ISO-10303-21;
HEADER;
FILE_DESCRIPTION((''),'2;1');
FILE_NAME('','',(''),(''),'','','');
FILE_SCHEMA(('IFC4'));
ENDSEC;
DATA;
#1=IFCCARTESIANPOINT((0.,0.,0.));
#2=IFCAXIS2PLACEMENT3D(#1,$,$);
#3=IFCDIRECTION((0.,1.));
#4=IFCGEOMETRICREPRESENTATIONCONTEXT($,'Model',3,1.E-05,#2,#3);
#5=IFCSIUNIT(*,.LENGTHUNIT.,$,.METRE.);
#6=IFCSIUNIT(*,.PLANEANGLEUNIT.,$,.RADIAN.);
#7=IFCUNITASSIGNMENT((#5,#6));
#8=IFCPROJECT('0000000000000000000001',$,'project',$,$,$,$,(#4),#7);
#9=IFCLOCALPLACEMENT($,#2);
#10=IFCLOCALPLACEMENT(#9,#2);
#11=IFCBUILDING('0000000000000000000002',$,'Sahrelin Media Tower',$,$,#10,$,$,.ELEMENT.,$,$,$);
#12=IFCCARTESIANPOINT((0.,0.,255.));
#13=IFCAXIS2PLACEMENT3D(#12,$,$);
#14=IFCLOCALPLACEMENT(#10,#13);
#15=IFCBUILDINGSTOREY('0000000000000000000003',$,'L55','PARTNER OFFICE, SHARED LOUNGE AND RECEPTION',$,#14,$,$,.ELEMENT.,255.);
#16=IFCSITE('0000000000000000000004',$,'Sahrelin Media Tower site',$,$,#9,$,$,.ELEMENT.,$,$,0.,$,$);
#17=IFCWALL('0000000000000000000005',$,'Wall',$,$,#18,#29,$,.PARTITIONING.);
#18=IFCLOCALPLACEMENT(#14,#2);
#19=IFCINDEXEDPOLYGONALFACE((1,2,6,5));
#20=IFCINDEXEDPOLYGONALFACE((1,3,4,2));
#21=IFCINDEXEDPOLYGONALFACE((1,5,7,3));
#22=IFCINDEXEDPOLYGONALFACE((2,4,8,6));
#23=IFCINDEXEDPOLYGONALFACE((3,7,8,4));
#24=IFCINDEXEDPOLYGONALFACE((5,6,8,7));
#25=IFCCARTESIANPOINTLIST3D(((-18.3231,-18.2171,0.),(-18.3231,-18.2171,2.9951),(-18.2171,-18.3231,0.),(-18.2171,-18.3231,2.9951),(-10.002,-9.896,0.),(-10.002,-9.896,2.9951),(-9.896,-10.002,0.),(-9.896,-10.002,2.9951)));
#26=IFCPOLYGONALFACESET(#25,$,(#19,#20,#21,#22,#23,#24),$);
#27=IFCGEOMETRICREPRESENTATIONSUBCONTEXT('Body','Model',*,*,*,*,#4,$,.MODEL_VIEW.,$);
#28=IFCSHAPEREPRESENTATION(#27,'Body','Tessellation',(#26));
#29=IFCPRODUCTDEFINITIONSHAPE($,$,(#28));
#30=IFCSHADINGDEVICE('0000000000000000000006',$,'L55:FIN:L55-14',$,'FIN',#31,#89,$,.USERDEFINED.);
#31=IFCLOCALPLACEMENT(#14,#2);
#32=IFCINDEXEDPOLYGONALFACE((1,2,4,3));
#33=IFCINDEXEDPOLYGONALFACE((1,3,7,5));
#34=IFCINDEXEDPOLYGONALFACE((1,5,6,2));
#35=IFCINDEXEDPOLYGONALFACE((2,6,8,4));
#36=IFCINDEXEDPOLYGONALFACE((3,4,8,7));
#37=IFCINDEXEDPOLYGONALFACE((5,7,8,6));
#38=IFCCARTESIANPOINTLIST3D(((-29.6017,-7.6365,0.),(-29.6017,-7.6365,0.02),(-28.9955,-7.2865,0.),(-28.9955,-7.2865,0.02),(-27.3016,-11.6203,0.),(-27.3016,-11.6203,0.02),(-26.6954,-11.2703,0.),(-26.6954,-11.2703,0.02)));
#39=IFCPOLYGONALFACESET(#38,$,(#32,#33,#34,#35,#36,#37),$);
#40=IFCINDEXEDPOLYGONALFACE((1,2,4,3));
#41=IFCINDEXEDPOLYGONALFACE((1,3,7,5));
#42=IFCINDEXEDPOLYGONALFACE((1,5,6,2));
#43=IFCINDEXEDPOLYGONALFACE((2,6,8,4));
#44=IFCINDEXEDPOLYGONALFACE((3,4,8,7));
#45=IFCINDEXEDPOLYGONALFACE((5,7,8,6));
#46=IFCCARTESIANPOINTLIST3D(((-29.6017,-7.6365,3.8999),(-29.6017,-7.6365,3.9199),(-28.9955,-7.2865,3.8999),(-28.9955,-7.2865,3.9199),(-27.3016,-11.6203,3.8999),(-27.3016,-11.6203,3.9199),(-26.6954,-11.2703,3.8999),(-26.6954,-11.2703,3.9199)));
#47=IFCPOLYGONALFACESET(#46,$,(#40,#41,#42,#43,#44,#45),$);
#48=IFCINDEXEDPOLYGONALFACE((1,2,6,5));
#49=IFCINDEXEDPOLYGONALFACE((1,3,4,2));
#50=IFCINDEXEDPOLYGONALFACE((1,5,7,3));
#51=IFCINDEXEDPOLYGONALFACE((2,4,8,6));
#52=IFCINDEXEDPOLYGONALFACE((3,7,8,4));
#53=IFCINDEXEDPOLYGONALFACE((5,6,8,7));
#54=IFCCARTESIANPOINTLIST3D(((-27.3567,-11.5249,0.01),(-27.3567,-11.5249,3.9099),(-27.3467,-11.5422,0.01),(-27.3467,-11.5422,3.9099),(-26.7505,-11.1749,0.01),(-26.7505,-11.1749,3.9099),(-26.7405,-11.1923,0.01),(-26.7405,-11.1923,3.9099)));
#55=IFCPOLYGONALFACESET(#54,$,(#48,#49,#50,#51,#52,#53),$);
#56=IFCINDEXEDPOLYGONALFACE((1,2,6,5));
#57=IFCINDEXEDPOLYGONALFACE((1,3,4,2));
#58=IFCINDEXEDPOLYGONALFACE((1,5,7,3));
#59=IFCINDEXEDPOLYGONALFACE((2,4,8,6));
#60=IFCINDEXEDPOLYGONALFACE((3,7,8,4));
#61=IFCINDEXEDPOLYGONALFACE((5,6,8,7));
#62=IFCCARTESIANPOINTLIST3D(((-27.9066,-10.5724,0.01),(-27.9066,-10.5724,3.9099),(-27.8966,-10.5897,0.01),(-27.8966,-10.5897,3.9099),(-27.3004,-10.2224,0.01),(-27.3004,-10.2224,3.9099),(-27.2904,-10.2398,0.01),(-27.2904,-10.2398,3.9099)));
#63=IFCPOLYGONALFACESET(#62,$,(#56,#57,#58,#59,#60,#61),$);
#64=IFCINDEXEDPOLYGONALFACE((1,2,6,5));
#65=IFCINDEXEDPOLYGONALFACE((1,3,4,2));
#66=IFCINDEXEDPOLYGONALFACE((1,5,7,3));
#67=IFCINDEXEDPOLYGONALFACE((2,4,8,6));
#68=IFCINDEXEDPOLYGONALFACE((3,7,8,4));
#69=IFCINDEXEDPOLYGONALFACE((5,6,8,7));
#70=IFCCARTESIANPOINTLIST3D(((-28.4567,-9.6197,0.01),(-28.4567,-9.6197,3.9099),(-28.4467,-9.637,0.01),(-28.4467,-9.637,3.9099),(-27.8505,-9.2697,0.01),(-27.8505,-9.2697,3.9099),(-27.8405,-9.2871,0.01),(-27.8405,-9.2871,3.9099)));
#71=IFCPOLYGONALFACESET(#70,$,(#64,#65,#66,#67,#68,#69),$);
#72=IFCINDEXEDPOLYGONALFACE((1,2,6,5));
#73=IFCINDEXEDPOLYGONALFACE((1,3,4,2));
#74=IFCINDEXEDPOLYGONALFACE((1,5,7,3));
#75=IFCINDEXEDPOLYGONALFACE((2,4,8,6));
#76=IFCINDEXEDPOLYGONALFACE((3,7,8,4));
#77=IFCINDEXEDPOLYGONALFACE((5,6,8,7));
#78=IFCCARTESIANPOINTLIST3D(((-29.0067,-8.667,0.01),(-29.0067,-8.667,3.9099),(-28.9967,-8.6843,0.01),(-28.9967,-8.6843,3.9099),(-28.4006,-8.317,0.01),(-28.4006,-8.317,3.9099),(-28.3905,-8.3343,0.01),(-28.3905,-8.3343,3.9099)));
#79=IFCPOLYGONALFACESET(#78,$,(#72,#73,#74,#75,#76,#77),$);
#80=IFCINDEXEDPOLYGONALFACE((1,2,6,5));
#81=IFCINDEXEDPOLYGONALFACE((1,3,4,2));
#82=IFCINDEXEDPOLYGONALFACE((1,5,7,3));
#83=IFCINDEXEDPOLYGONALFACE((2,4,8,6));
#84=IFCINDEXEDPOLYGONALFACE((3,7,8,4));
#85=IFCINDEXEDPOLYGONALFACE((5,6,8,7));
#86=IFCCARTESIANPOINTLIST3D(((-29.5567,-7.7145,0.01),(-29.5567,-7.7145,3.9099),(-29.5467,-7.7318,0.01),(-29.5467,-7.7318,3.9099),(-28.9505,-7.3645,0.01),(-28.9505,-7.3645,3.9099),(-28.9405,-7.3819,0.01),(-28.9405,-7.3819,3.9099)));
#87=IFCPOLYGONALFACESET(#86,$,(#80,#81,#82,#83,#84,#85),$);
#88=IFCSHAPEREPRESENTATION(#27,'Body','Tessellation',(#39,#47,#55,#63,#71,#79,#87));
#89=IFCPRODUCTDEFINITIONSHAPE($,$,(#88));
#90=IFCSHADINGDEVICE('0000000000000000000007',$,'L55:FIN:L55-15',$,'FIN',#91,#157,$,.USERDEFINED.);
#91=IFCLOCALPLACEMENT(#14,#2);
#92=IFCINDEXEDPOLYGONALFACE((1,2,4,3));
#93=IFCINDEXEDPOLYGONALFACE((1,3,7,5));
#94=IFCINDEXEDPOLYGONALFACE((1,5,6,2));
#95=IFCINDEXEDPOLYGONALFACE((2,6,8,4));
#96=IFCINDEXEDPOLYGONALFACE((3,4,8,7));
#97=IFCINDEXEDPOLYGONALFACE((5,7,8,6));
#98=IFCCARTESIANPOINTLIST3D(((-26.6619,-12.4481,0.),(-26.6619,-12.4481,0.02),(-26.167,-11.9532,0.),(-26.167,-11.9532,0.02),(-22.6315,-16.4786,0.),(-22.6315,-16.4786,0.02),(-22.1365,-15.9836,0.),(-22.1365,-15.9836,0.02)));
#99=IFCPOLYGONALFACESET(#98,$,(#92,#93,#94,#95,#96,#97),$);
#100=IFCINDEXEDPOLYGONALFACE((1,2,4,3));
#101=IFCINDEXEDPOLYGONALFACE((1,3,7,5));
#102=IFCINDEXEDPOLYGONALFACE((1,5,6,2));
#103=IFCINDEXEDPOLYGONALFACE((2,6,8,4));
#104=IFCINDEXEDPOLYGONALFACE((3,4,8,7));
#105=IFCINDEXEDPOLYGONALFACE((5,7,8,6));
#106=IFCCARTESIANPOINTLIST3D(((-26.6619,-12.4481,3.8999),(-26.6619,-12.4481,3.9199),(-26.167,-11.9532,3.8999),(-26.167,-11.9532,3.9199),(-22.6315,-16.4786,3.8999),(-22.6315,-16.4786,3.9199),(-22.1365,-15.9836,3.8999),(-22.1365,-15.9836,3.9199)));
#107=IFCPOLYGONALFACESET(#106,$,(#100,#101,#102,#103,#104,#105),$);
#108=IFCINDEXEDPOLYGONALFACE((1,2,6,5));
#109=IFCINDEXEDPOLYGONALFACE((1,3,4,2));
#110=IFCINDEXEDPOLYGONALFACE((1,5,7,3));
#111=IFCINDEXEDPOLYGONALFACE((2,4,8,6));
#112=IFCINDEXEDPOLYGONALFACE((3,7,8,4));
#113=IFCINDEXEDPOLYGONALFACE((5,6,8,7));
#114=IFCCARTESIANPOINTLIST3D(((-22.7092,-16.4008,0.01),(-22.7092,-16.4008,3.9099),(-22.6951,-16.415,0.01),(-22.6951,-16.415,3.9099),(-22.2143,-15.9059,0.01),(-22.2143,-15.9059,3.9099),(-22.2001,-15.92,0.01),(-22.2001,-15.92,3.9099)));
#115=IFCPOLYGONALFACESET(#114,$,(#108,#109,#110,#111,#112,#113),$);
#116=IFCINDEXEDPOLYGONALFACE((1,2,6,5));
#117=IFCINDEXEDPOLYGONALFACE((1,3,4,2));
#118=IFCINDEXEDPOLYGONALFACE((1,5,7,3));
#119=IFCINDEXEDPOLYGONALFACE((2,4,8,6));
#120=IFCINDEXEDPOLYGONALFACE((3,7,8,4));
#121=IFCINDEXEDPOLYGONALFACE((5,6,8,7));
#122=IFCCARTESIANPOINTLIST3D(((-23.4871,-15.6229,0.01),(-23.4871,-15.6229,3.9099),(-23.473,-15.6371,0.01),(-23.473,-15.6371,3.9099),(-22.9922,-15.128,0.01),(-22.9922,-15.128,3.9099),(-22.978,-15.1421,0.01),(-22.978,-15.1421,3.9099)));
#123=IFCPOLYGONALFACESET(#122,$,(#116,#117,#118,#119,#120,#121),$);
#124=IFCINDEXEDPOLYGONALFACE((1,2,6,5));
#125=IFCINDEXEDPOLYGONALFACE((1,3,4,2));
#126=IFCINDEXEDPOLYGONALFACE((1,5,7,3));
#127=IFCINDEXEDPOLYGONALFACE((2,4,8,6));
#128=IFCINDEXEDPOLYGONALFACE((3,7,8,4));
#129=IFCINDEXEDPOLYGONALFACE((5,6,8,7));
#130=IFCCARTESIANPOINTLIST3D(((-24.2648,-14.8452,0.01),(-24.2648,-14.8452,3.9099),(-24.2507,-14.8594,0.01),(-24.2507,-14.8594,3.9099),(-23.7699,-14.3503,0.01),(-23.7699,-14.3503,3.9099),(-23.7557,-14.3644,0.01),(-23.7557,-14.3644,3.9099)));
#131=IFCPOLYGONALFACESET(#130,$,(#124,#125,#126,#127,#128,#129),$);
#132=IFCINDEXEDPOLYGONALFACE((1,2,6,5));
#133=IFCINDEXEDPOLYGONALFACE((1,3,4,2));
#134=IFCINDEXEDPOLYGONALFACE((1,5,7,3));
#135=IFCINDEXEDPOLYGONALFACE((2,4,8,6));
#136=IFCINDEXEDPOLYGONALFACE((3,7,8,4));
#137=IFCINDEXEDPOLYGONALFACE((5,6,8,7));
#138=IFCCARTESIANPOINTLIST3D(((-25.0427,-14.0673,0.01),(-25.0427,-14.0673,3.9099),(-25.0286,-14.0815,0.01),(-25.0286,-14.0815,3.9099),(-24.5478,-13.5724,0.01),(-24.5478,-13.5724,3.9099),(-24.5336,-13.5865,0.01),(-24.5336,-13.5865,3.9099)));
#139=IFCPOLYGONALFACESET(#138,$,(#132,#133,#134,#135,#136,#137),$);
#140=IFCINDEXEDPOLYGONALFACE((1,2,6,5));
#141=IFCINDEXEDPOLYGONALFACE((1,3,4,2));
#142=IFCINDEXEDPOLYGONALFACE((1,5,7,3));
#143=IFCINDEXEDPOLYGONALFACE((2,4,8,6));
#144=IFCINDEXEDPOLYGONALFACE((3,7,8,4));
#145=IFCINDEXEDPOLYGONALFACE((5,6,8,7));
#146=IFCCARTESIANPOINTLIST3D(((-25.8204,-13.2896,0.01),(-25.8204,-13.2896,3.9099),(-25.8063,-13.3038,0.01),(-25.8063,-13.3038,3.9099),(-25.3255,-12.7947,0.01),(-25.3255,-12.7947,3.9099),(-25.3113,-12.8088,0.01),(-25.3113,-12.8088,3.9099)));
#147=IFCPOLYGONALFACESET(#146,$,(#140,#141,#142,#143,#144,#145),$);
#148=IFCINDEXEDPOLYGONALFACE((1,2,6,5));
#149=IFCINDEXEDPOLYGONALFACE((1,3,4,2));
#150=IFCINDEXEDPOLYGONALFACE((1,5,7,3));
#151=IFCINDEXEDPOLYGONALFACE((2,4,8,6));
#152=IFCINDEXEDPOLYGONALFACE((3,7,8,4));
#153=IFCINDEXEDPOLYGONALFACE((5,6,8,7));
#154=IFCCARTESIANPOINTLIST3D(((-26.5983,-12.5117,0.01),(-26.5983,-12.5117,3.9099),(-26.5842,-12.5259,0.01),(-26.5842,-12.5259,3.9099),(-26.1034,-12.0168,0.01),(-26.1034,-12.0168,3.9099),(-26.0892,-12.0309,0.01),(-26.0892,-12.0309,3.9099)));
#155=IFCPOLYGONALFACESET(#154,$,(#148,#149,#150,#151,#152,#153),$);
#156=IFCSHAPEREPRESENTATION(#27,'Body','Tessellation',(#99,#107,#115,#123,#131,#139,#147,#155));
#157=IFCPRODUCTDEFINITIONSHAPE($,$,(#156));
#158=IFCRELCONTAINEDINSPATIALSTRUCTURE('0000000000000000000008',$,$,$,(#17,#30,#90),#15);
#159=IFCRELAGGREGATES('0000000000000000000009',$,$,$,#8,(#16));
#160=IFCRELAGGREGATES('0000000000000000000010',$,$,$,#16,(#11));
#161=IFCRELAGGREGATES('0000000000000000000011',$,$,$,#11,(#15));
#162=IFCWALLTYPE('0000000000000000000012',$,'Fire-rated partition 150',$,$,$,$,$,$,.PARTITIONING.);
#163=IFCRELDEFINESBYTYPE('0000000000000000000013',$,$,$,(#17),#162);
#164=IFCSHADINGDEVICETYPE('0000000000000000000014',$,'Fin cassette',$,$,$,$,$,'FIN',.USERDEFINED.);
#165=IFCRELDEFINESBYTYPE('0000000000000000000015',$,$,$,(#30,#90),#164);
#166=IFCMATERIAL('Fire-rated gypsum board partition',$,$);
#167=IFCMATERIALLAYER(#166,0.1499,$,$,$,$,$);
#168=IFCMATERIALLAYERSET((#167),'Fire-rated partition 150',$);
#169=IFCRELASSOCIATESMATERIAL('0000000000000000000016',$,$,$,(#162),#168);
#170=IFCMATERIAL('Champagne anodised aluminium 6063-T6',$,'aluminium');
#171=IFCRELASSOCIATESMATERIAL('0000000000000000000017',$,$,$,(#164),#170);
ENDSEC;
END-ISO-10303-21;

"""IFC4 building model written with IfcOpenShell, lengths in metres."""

from ifc_helpers import new_model, si_unit, direction, frame, frame_2d, origin, origin_2d, place, context, subcontext, project, spatial, rectangle, extrude, material, layer, layer_set, type_object, element, save


model = new_model("IFC4")

# Units and contexts
model_context = context("Model", 3, precision=1e-05, world=origin(), true_north=direction((0.0, 1.0)))
body_context = subcontext(model_context, "Body", "Model", "MODEL_VIEW")
ifc_project = project(units=[si_unit("LENGTHUNIT", "METRE"), si_unit("PLANEANGLEUNIT", "RADIAN")], contexts=[model_context])

# Site, building, storey
site_placement = place(None, origin())
site = spatial("IfcSite", under=ifc_project, at=site_placement, Name="Sahrelin Media Tower site", CompositionType="ELEMENT", RefElevation=0.0)
building_placement = place(site_placement, origin())
building = spatial("IfcBuilding", under=site, at=building_placement, Name="Sahrelin Media Tower", CompositionType="ELEMENT")
storey_placement = place(building_placement, frame((0.0, 0.0, 255.0)))
storey = spatial("IfcBuildingStorey", under=building, at=storey_placement, Name="L55", Description="PARTNER OFFICE, SHARED LOUNGE AND RECEPTION", CompositionType="ELEMENT", Elevation=255.0)

# Shared definitions
ifc_material_1 = material(Name="Champagne anodised aluminium 6063-T6", Category="aluminium")

# Wall
ifc_material_2 = material(Name="Fire-rated gypsum board partition")
ifc_layer_1 = layer(ifc_material_2, 0.1499)
ifc_layer_set_1 = layer_set([ifc_layer_1], Name="Fire-rated partition 150")
wall_type = type_object("IfcWallType", Name="Fire-rated partition 150", PredefinedType="PARTITIONING", material=ifc_layer_set_1)
wall_placement = place(storey_placement, frame((-18.27, -18.27, 0.0), z_axis=(0.0, 0.0, 1.0), x_axis=(0.707107, 0.707107, 0.0)))
element("IfcWall", 1, at=wall_placement, inside=storey, type_object=wall_type, Name="Wall", PredefinedType="PARTITIONING", context=body_context, shape_type="SweptSolid", body=[
    extrude(rectangle(XDim=11.7678, YDim=0.1499, at=frame_2d((5.8838, 0.0))), origin(), (0.0, 0.0, 1.0), 2.9951),
])

# Shading devices
shading_device_type_1 = type_object("IfcShadingDeviceType", Name="Fin cassette", ElementType="FIN", PredefinedType="USERDEFINED", material=ifc_material_1)
placement_1 = place(storey_placement, frame((-27.7849, -9.2434, 0.0), z_axis=(0.0, 0.0, 1.0), x_axis=(-0.500011, 0.866019, 0.0)))
element("IfcShadingDevice", 2, at=placement_1, inside=storey, type_object=shading_device_type_1, Name="L55:FIN:L55-14", ObjectType="FIN", PredefinedType="USERDEFINED", context=body_context, shape_type="SweptSolid", body=[
    extrude(rectangle(XDim=4.6001, YDim=0.7, at=origin_2d()), frame((0.0, 0.4199, 0.0)), (0.0, 0.0, 1.0), 0.02),
    extrude(rectangle(XDim=4.6001, YDim=0.7, at=origin_2d()), frame((0.0, 0.4199, 3.8999)), (0.0, 0.0, 1.0), 0.02),
    extrude(rectangle(XDim=0.02, YDim=0.7, at=origin_2d()), frame((-2.2, 0.4199, 0.01), z_axis=(0.0, 0.0, 1.0), x_axis=(1.0, 0.0, 0.0)), (0.0, 0.0, 1.0), 3.8999),
    extrude(rectangle(XDim=0.02, YDim=0.7, at=origin_2d()), frame((-1.1001, 0.4199, 0.01), z_axis=(0.0, 0.0, 1.0), x_axis=(1.0, 0.0, 0.0)), (0.0, 0.0, 1.0), 3.8999),
    extrude(rectangle(XDim=0.02, YDim=0.7, at=origin_2d()), frame((0.0, 0.4199, 0.01), z_axis=(0.0, 0.0, 1.0), x_axis=(1.0, 0.0, 0.0)), (0.0, 0.0, 1.0), 3.8999),
    extrude(rectangle(XDim=0.02, YDim=0.7, at=origin_2d()), frame((1.1001, 0.4199, 0.01), z_axis=(0.0, 0.0, 1.0), x_axis=(1.0, 0.0, 0.0)), (0.0, 0.0, 1.0), 3.8999),
    extrude(rectangle(XDim=0.02, YDim=0.7, at=origin_2d()), frame((2.2, 0.4199, 0.01), z_axis=(0.0, 0.0, 1.0), x_axis=(1.0, 0.0, 0.0)), (0.0, 0.0, 1.0), 3.8999),
])
placement_2 = place(storey_placement, frame((-24.1023, -13.9189, 0.0), z_axis=(0.0, 0.0, 1.0), x_axis=(-0.707107, 0.707107, 0.0)))
element("IfcShadingDevice", 3, at=placement_2, inside=storey, type_object=shading_device_type_1, Name="L55:FIN:L55-15", ObjectType="FIN", PredefinedType="USERDEFINED", context=body_context, shape_type="SweptSolid", body=[
    extrude(rectangle(XDim=5.7, YDim=0.7, at=origin_2d()), frame((0.0, 0.4199, 0.0)), (0.0, 0.0, 1.0), 0.02),
    extrude(rectangle(XDim=5.7, YDim=0.7, at=origin_2d()), frame((0.0, 0.4199, 3.8999)), (0.0, 0.0, 1.0), 0.02),
    extrude(rectangle(XDim=0.02, YDim=0.7, at=origin_2d()), frame((-2.75, 0.4199, 0.01), z_axis=(0.0, 0.0, 1.0), x_axis=(1.0, 0.0, 0.0)), (0.0, 0.0, 1.0), 3.8999),
    extrude(rectangle(XDim=0.02, YDim=0.7, at=origin_2d()), frame((-1.6499, 0.4199, 0.01), z_axis=(0.0, 0.0, 1.0), x_axis=(1.0, 0.0, 0.0)), (0.0, 0.0, 1.0), 3.8999),
    extrude(rectangle(XDim=0.02, YDim=0.7, at=origin_2d()), frame((-0.55, 0.4199, 0.01), z_axis=(0.0, 0.0, 1.0), x_axis=(1.0, 0.0, 0.0)), (0.0, 0.0, 1.0), 3.8999),
    extrude(rectangle(XDim=0.02, YDim=0.7, at=origin_2d()), frame((0.55, 0.4199, 0.01), z_axis=(0.0, 0.0, 1.0), x_axis=(1.0, 0.0, 0.0)), (0.0, 0.0, 1.0), 3.8999),
    extrude(rectangle(XDim=0.02, YDim=0.7, at=origin_2d()), frame((1.6499, 0.4199, 0.01), z_axis=(0.0, 0.0, 1.0), x_axis=(1.0, 0.0, 0.0)), (0.0, 0.0, 1.0), 3.8999),
    extrude(rectangle(XDim=0.02, YDim=0.7, at=origin_2d()), frame((2.75, 0.4199, 0.01), z_axis=(0.0, 0.0, 1.0), x_axis=(1.0, 0.0, 0.0)), (0.0, 0.0, 1.0), 3.8999),
])

save(model, "model.ifc")
